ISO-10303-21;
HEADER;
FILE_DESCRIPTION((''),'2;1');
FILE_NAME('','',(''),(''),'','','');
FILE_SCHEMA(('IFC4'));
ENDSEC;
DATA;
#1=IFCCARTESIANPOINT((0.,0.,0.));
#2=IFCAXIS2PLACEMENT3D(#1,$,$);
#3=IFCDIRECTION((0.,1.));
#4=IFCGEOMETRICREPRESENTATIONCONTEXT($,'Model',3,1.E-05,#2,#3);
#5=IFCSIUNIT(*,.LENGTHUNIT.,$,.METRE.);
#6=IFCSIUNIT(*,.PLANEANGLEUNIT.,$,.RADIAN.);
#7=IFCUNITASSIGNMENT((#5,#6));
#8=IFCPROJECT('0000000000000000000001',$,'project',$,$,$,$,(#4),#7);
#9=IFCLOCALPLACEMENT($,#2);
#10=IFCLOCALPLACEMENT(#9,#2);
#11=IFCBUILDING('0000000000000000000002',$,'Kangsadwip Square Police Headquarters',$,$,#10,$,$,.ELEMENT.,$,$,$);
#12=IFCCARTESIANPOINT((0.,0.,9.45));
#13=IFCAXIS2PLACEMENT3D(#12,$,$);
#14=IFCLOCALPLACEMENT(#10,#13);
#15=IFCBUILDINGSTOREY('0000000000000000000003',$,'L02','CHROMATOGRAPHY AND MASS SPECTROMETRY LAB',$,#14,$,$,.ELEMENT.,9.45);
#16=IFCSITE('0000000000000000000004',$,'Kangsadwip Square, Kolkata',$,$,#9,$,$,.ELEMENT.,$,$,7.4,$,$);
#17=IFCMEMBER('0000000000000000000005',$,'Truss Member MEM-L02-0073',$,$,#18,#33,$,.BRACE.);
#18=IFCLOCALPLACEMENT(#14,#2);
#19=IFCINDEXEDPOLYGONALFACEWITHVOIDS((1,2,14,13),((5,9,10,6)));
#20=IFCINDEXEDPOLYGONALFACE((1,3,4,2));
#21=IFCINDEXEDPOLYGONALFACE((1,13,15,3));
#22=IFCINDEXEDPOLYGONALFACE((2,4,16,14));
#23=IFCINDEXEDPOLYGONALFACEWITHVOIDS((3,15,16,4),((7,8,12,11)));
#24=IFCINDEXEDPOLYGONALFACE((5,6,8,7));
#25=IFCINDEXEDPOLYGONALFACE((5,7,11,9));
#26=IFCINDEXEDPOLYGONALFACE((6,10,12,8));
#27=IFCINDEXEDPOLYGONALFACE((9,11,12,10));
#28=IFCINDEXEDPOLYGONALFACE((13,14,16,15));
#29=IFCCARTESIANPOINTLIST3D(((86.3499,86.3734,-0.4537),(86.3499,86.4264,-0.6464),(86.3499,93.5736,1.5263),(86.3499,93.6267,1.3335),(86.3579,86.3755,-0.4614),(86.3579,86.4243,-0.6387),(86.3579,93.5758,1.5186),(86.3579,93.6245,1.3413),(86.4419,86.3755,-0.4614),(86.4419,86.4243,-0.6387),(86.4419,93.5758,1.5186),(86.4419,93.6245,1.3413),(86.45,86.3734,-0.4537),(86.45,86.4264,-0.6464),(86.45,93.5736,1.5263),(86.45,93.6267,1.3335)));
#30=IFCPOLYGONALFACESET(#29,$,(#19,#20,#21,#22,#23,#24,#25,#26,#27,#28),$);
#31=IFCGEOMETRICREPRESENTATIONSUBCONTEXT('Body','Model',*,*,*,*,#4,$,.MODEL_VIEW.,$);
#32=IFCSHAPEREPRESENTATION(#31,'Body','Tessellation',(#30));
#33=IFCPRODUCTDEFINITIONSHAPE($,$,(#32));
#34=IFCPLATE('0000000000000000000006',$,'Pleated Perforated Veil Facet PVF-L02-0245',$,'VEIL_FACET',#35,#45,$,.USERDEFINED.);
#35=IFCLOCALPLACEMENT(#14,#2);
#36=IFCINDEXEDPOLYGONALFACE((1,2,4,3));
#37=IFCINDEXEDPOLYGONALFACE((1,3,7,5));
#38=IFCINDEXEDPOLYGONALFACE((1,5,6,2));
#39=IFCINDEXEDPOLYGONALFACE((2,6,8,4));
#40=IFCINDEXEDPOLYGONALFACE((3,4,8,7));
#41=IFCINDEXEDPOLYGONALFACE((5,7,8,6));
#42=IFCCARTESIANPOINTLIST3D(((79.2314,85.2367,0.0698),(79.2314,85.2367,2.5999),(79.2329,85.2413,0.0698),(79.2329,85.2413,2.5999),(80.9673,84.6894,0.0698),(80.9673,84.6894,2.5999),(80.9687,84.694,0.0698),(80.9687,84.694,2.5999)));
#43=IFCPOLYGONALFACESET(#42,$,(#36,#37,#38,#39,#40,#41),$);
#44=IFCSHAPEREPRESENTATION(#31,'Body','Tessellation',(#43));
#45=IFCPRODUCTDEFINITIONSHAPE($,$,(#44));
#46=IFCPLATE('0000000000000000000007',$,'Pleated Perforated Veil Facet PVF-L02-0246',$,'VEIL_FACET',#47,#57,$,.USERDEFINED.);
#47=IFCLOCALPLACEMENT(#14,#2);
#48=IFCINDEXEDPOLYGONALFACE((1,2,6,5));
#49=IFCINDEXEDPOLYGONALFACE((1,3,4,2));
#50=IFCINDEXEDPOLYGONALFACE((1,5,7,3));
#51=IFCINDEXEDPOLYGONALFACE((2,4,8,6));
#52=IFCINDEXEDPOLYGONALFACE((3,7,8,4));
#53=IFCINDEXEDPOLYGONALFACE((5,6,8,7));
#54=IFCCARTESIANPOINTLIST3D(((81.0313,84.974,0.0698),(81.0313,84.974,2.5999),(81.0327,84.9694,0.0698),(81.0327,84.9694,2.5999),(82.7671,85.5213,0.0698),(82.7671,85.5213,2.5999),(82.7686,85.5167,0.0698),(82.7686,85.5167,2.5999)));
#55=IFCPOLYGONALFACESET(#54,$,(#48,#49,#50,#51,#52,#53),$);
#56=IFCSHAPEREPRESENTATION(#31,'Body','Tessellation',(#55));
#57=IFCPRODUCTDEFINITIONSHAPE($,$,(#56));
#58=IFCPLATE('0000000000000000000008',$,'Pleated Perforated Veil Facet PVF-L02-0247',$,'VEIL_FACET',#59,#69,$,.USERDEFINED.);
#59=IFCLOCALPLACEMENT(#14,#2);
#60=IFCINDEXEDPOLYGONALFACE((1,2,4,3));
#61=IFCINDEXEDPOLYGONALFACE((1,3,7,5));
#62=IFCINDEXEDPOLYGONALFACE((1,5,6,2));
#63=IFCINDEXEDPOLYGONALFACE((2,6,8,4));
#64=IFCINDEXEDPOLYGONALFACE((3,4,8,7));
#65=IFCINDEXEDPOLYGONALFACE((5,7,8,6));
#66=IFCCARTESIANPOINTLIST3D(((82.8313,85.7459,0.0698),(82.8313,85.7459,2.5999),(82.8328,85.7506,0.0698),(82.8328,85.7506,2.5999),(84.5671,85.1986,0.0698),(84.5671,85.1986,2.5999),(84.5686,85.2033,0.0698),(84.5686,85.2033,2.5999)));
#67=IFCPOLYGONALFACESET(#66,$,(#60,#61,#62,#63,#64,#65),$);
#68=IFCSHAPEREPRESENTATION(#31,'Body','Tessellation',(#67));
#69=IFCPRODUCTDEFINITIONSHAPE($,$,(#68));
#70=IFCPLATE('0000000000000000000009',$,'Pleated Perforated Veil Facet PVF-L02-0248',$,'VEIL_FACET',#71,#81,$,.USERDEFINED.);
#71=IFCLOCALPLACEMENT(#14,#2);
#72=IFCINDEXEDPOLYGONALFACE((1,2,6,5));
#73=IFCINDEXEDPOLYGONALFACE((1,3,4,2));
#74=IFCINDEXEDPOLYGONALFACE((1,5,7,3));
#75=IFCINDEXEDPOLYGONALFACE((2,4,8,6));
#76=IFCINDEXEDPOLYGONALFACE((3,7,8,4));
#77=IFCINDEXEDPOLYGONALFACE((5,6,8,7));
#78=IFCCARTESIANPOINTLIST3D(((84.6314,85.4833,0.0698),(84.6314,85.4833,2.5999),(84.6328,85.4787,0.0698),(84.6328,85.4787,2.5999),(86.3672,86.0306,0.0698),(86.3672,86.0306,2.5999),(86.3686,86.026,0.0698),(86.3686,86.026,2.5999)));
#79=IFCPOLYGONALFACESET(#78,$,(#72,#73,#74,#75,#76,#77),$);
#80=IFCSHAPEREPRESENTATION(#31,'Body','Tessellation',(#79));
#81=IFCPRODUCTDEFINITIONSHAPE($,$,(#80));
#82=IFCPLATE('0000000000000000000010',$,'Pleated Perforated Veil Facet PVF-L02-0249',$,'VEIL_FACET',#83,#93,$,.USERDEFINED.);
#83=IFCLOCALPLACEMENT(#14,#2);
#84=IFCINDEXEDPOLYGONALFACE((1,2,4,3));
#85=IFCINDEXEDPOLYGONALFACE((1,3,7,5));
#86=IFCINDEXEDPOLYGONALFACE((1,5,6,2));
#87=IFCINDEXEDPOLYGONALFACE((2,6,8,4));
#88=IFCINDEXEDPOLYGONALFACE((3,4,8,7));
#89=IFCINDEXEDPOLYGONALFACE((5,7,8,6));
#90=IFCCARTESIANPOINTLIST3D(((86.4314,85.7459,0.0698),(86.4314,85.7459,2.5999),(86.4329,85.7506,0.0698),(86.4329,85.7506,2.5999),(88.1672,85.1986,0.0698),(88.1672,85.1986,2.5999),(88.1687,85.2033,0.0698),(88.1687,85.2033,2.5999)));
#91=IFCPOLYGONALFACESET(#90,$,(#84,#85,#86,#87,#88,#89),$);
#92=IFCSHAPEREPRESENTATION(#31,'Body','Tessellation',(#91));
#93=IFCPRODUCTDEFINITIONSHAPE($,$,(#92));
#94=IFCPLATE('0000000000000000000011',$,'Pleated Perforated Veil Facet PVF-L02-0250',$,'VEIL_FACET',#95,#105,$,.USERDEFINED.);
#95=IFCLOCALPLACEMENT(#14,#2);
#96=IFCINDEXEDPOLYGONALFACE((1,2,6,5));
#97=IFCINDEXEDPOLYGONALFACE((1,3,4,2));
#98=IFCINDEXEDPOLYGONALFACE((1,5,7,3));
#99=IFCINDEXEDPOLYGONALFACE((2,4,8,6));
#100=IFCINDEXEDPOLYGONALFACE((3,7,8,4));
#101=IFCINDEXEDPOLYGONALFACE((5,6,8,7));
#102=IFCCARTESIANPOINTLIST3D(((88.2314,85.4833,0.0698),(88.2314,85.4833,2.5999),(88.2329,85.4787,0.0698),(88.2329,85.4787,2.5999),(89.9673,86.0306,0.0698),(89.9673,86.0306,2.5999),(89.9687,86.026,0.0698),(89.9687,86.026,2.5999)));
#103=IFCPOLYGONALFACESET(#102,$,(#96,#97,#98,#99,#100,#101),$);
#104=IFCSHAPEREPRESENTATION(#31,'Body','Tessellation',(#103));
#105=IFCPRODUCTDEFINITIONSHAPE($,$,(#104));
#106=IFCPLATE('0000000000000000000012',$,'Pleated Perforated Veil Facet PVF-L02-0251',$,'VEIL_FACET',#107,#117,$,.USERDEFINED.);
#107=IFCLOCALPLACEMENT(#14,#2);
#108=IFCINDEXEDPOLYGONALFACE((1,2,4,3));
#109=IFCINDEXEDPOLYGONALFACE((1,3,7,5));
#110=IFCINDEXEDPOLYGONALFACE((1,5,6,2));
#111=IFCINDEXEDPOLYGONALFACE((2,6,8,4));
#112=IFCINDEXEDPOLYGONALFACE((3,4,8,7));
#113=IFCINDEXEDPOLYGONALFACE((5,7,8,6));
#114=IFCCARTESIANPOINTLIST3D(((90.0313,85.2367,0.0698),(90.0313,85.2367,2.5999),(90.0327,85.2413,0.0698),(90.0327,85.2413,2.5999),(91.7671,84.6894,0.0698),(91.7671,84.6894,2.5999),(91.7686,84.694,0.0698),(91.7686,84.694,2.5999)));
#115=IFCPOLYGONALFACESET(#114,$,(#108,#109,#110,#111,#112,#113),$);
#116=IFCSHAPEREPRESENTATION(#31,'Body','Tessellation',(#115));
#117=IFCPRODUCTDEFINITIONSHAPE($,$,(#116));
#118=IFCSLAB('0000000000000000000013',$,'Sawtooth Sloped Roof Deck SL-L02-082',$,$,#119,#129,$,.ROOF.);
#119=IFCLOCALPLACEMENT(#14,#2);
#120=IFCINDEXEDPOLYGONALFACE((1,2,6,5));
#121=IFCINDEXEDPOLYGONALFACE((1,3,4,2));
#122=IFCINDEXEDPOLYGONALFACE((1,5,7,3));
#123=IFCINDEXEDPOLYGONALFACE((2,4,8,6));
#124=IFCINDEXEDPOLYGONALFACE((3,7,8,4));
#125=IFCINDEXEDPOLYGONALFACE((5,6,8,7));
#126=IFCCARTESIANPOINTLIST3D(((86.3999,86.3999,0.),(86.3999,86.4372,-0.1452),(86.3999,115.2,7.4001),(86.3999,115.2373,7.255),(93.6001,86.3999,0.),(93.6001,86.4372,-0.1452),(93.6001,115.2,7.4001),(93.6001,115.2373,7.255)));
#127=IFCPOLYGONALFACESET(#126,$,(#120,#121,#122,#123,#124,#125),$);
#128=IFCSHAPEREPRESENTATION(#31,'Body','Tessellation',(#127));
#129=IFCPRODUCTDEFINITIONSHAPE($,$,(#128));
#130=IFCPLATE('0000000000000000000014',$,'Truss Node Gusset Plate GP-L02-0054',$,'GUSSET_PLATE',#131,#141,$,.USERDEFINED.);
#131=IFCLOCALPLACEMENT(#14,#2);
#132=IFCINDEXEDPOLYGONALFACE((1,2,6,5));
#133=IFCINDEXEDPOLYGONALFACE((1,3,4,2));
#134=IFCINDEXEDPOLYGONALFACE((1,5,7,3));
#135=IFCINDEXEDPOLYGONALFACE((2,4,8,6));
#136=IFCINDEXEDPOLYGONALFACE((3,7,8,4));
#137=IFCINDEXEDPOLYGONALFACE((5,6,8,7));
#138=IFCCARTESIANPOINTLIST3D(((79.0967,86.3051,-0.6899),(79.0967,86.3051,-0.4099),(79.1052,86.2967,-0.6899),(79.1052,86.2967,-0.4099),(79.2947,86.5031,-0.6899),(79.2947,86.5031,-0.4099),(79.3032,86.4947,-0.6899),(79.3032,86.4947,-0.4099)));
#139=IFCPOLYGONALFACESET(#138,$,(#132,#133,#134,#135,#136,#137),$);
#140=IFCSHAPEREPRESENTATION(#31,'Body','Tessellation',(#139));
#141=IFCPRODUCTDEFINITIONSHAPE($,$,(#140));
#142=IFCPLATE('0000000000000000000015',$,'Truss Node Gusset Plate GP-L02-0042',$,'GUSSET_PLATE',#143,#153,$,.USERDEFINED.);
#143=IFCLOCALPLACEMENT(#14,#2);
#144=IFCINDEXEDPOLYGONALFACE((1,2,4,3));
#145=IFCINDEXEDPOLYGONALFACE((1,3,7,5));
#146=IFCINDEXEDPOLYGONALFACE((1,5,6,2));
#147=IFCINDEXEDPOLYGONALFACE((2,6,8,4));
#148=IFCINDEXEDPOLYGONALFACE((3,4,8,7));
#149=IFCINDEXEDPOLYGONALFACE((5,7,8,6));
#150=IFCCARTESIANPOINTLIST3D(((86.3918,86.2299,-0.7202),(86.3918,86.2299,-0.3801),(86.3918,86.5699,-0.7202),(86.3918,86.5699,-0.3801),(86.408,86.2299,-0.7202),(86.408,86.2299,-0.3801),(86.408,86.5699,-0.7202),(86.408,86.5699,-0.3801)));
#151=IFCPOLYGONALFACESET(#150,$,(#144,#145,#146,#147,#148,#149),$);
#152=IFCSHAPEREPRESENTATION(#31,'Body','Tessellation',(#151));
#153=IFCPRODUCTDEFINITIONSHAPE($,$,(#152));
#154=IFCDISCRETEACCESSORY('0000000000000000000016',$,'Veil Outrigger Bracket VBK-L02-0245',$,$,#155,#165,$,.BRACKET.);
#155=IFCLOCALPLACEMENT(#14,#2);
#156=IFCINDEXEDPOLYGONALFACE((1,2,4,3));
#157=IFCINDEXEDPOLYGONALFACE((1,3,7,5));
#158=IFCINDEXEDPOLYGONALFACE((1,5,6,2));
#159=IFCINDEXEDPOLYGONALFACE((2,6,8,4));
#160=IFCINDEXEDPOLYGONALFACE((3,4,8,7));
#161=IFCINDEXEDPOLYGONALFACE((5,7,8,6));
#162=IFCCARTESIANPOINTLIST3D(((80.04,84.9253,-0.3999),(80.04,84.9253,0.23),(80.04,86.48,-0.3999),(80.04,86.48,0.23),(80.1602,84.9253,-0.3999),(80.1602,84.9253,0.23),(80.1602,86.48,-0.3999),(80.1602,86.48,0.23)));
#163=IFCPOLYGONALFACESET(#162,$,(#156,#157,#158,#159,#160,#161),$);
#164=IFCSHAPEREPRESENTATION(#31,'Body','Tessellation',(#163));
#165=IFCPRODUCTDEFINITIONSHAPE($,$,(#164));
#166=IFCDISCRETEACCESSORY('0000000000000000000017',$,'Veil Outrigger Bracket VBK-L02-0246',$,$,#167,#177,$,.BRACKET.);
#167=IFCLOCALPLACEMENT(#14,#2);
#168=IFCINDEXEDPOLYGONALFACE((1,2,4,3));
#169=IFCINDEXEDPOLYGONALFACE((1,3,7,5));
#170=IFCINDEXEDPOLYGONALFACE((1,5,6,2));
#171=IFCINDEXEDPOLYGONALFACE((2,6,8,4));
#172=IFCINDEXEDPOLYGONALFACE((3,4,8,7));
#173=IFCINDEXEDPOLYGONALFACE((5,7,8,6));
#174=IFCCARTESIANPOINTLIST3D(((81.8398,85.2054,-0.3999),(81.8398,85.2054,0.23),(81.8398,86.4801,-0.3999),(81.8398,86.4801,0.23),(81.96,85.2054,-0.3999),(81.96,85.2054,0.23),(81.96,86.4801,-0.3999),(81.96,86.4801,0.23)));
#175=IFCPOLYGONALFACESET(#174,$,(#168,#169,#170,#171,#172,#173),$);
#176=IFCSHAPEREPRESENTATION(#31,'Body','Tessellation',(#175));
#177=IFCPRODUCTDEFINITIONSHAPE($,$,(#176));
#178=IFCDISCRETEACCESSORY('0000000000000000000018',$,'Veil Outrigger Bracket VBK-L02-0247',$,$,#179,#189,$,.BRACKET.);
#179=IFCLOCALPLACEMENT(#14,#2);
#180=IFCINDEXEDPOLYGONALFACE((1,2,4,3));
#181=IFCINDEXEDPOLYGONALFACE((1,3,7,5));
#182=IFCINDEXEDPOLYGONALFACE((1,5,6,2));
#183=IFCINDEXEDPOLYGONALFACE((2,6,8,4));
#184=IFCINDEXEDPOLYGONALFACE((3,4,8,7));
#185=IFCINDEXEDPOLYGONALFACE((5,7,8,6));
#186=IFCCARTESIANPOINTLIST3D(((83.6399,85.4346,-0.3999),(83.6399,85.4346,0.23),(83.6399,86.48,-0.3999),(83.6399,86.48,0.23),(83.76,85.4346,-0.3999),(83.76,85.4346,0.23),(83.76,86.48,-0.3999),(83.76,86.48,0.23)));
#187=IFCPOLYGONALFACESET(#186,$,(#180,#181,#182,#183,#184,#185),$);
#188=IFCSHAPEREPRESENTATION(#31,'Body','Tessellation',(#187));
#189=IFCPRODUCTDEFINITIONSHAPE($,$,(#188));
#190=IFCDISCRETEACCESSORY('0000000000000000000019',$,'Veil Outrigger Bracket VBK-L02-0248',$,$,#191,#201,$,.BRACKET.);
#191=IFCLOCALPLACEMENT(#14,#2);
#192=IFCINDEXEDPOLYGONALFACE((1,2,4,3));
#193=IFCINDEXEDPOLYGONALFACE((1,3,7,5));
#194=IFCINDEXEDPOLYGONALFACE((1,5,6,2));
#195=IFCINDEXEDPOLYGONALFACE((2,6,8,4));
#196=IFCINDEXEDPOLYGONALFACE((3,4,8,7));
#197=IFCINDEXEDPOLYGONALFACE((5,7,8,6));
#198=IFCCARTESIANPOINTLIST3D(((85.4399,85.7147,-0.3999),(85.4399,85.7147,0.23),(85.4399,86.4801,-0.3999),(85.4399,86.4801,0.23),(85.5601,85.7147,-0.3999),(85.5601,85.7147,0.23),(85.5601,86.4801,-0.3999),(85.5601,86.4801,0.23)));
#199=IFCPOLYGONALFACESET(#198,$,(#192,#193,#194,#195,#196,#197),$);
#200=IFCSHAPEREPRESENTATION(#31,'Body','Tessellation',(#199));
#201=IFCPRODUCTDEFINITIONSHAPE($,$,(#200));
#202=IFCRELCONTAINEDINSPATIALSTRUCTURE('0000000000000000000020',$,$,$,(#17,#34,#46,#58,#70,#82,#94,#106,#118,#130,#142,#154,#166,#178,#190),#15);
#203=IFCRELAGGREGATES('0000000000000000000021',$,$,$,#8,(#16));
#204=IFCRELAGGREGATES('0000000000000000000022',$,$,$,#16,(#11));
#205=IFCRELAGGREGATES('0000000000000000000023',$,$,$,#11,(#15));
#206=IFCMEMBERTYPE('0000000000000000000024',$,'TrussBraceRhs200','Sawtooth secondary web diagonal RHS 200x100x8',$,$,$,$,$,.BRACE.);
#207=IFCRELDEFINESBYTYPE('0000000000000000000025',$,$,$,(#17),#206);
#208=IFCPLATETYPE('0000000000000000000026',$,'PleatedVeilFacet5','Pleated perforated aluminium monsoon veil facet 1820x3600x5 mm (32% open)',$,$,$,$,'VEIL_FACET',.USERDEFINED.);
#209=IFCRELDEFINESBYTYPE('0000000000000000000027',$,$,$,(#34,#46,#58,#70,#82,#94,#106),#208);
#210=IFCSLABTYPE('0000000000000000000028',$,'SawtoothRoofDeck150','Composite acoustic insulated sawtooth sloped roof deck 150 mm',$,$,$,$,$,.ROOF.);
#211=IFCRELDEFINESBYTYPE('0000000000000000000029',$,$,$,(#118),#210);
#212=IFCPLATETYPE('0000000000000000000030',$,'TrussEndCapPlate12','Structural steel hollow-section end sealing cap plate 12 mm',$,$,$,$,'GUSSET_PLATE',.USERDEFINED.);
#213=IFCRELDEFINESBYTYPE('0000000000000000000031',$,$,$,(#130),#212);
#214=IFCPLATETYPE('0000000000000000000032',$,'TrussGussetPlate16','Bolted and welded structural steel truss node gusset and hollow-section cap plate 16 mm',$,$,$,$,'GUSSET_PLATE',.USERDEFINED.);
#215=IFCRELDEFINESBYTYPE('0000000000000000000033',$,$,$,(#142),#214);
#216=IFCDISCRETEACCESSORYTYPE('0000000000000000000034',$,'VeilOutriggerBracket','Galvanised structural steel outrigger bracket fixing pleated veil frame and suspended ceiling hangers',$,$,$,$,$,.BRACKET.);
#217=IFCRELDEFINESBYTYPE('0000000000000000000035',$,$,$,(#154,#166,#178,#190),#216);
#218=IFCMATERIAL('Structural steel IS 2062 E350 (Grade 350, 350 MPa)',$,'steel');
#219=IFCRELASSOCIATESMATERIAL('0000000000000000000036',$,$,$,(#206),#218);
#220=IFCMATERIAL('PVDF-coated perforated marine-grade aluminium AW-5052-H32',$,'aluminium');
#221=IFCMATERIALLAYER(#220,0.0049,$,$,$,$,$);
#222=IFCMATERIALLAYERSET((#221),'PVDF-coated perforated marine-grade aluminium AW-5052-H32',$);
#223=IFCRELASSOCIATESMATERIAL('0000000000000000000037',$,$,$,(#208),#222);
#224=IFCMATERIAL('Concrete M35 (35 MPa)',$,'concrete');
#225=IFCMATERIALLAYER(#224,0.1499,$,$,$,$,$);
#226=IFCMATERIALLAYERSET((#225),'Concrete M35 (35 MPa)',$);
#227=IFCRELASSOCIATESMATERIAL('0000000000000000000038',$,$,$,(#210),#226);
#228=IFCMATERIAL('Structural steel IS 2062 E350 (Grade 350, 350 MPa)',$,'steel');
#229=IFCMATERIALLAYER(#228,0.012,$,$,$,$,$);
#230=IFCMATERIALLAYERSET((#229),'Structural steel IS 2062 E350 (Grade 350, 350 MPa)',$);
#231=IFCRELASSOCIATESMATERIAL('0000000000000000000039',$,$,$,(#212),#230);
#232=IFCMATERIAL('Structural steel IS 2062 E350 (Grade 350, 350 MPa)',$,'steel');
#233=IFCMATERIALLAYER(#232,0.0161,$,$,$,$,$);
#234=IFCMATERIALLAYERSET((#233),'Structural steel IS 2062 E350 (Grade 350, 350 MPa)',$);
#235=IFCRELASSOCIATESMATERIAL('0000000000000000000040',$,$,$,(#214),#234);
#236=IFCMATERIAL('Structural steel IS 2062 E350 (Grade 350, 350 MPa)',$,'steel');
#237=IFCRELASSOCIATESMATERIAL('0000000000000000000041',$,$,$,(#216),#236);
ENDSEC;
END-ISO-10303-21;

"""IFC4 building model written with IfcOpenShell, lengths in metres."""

from ifc_helpers import new_model, si_unit, direction, frame, origin, origin_2d, place, context, subcontext, project, spatial, polyline, rectangle, hollow_rectangle, outline, extrude, material, layer, layer_set, material_profile, profile_set, type_object, element, save


model = new_model("IFC4")

# Units and contexts
model_context = context("Model", 3, precision=1e-05, world=origin(), true_north=direction((0.0, 1.0)))
body_context = subcontext(model_context, "Body", "Model", "MODEL_VIEW")
ifc_project = project(units=[si_unit("LENGTHUNIT", "METRE"), si_unit("PLANEANGLEUNIT", "RADIAN")], contexts=[model_context])

# Site, building, storey
site_placement = place(None, origin())
site = spatial("IfcSite", under=ifc_project, at=site_placement, Name="Kangsadwip Square, Kolkata", CompositionType="ELEMENT", RefElevation=7.4)
building_placement = place(site_placement, origin())
building = spatial("IfcBuilding", under=site, at=building_placement, Name="Kangsadwip Square Police Headquarters", CompositionType="ELEMENT")
storey_placement = place(building_placement, frame((0.0, 0.0, 9.45)))
storey = spatial("IfcBuildingStorey", under=building, at=storey_placement, Name="L02", Description="CHROMATOGRAPHY AND MASS SPECTROMETRY LAB", CompositionType="ELEMENT", Elevation=9.45)

# Member
ifc_material_1 = material(Name="Structural steel IS 2062 E350 (Grade 350, 350 MPa)", Category="steel")
ifc_material_profile_1 = material_profile(ifc_material_1, hollow_rectangle(XDim=0.1001, YDim=0.2, WallThickness=0.0081, at=origin_2d()), Name="RHS 200X100X8")
ifc_profile_set_1 = profile_set([ifc_material_profile_1], Name="Structural steel IS 2062 E350 (Grade 350, 350 MPa)")
member_type_1 = type_object("IfcMemberType", Name="TrussBraceRhs200", Description="Sawtooth secondary web diagonal RHS 200x100x8", PredefinedType="BRACE", material=ifc_profile_set_1)
for number, where, z_axis, x_axis, name in (
    (1, (86.3999, 86.3999, -0.55), (0.0, 0.964208, 0.265147), (-1.0, 0.0, 0.0), "Truss Member MEM-L02-0073"),
):
    element("IfcMember", number, at=place(storey_placement, frame(where, z_axis=z_axis, x_axis=x_axis)), inside=storey, type_object=member_type_1, Name=name, PredefinedType="BRACE", context=body_context, shape_type="SweptSolid", body=[
        extrude(hollow_rectangle(XDim=0.1001, YDim=0.2, WallThickness=0.0081, at=origin_2d()), origin(), (0.0, 0.0, 1.0), 7.4675),
    ])

# Plates
ifc_material_2 = material(Name="PVDF-coated perforated marine-grade aluminium AW-5052-H32", Category="aluminium")
ifc_layer_1 = layer(ifc_material_2, 0.0049)
ifc_layer_set_1 = layer_set([ifc_layer_1], Name="PVDF-coated perforated marine-grade aluminium AW-5052-H32")
plate_type_1 = type_object("IfcPlateType", Name="PleatedVeilFacet5", Description="Pleated perforated aluminium monsoon veil facet 1820x3600x5 mm (32% open)", ElementType="VEIL_FACET", PredefinedType="USERDEFINED", material=ifc_layer_set_1)
for number, where, z_axis, x_axis, name in (
    (2, (80.1001, 84.9653, 0.0698), (0.0, 0.0, 1.0), (0.953717, -0.300706, 0.0), "Pleated Perforated Veil Facet PVF-L02-0245"),
    (3, (81.8999, 85.2454, 0.0698), (0.0, 0.0, 1.0), (0.953717, 0.300706, 0.0), "Pleated Perforated Veil Facet PVF-L02-0246"),
    (4, (83.7, 85.4746, 0.0698), (0.0, 0.0, 1.0), (0.953717, -0.300706, 0.0), "Pleated Perforated Veil Facet PVF-L02-0247"),
    (5, (85.5, 85.7546, 0.0698), (0.0, 0.0, 1.0), (0.953717, 0.300706, 0.0), "Pleated Perforated Veil Facet PVF-L02-0248"),
    (6, (87.3, 85.4746, 0.0698), (0.0, 0.0, 1.0), (0.953717, -0.300706, 0.0), "Pleated Perforated Veil Facet PVF-L02-0249"),
    (7, (89.1001, 85.7546, 0.0698), (0.0, 0.0, 1.0), (0.953717, 0.300706, 0.0), "Pleated Perforated Veil Facet PVF-L02-0250"),
    (8, (90.8999, 84.9653, 0.0698), (0.0, 0.0, 1.0), (0.953717, -0.300706, 0.0), "Pleated Perforated Veil Facet PVF-L02-0251"),
):
    element("IfcPlate", number, at=place(storey_placement, frame(where, z_axis=z_axis, x_axis=x_axis)), inside=storey, type_object=plate_type_1, Name=name, ObjectType="VEIL_FACET", PredefinedType="USERDEFINED", context=body_context, shape_type="SweptSolid", body=[
        extrude(rectangle(XDim=1.8201, YDim=0.0049, at=origin_2d()), origin(), (0.0, 0.0, 1.0), 2.53),
    ])

# Slab
ifc_material_3 = material(Name="Concrete M35 (35 MPa)", Category="concrete")
ifc_layer_2 = layer(ifc_material_3, 0.1499)
ifc_layer_set_2 = layer_set([ifc_layer_2], Name="Concrete M35 (35 MPa)")
slab_type = type_object("IfcSlabType", Name="SawtoothRoofDeck150", Description="Composite acoustic insulated sawtooth sloped roof deck 150 mm", PredefinedType="ROOF", material=ifc_layer_set_2)
slab_placement = place(storey_placement, frame((86.3999, 86.3999, 0.0), z_axis=(0.0, -0.248865, 0.968538), x_axis=(1.0, 0.0, 0.0)))
element("IfcSlab", 9, at=slab_placement, inside=storey, type_object=slab_type, Name="Sawtooth Sloped Roof Deck SL-L02-082", PredefinedType="ROOF", context=body_context, shape_type="SweptSolid", body=[
    extrude(outline(polyline([(0.0, 0.0), (7.2002, 0.0), (7.2002, 29.7356), (0.0, 29.7356), (0.0, 0.0)])), origin(), (0.0, 0.0, -1.0), 0.1499),
])

# Plates
ifc_material_4 = material(Name="Structural steel IS 2062 E350 (Grade 350, 350 MPa)", Category="steel")
ifc_layer_3 = layer(ifc_material_4, 0.012)
ifc_layer_set_3 = layer_set([ifc_layer_3], Name="Structural steel IS 2062 E350 (Grade 350, 350 MPa)")
plate_type_2 = type_object("IfcPlateType", Name="TrussEndCapPlate12", Description="Structural steel hollow-section end sealing cap plate 12 mm", ElementType="GUSSET_PLATE", PredefinedType="USERDEFINED", material=ifc_layer_set_3)
plate_1_placement = place(storey_placement, frame((79.2, 86.3999, -0.6899), z_axis=(0.0, 0.0, 1.0), x_axis=(0.707107, 0.707107, 0.0)))
element("IfcPlate", 10, at=plate_1_placement, inside=storey, type_object=plate_type_2, Name="Truss Node Gusset Plate GP-L02-0054", ObjectType="GUSSET_PLATE", PredefinedType="USERDEFINED", context=body_context, shape_type="SweptSolid", body=[
    extrude(rectangle(XDim=0.28, YDim=0.012, at=origin_2d()), origin(), (0.0, 0.0, 1.0), 0.28),
])
ifc_material_5 = material(Name="Structural steel IS 2062 E350 (Grade 350, 350 MPa)", Category="steel")
ifc_layer_4 = layer(ifc_material_5, 0.0161)
ifc_layer_set_4 = layer_set([ifc_layer_4], Name="Structural steel IS 2062 E350 (Grade 350, 350 MPa)")
plate_type_3 = type_object("IfcPlateType", Name="TrussGussetPlate16", Description="Bolted and welded structural steel truss node gusset and hollow-section cap plate 16 mm", ElementType="GUSSET_PLATE", PredefinedType="USERDEFINED", material=ifc_layer_set_4)
plate_2_placement = place(storey_placement, frame((86.3999, 86.3999, -0.7202), z_axis=(0.0, 0.0, 1.0), x_axis=(0.0, 1.0, 0.0)))
element("IfcPlate", 11, at=plate_2_placement, inside=storey, type_object=plate_type_3, Name="Truss Node Gusset Plate GP-L02-0042", ObjectType="GUSSET_PLATE", PredefinedType="USERDEFINED", context=body_context, shape_type="SweptSolid", body=[
    extrude(rectangle(XDim=0.3401, YDim=0.0161, at=origin_2d()), origin(), (0.0, 0.0, 1.0), 0.3401),
])

# Discrete accessories
ifc_material_6 = material(Name="Structural steel IS 2062 E350 (Grade 350, 350 MPa)", Category="steel")
discrete_accessory_type = type_object("IfcDiscreteAccessoryType", Name="VeilOutriggerBracket", Description="Galvanised structural steel outrigger bracket fixing pleated veil frame and suspended ceiling hangers", PredefinedType="BRACKET", material=ifc_material_6)
discrete_accessory_1_placement = place(storey_placement, frame((80.1001, 85.7026, -0.3999), z_axis=(0.0, 0.0, 1.0), x_axis=(1.0, 0.0, 0.0)))
element("IfcDiscreteAccessory", 12, at=discrete_accessory_1_placement, inside=storey, type_object=discrete_accessory_type, Name="Veil Outrigger Bracket VBK-L02-0245", PredefinedType="BRACKET", context=body_context, shape_type="SweptSolid", body=[
    extrude(rectangle(XDim=0.1201, YDim=1.5547, at=origin_2d()), origin(), (0.0, 0.0, 1.0), 0.6299),
])
discrete_accessory_2_placement = place(storey_placement, frame((81.8999, 85.8428, -0.3999), z_axis=(0.0, 0.0, 1.0), x_axis=(1.0, 0.0, 0.0)))
element("IfcDiscreteAccessory", 13, at=discrete_accessory_2_placement, inside=storey, type_object=discrete_accessory_type, Name="Veil Outrigger Bracket VBK-L02-0246", PredefinedType="BRACKET", context=body_context, shape_type="SweptSolid", body=[
    extrude(rectangle(XDim=0.1201, YDim=1.2747, at=origin_2d()), origin(), (0.0, 0.0, 1.0), 0.6299),
])
discrete_accessory_3_placement = place(storey_placement, frame((83.7, 85.9573, -0.3999), z_axis=(0.0, 0.0, 1.0), x_axis=(1.0, 0.0, 0.0)))
element("IfcDiscreteAccessory", 14, at=discrete_accessory_3_placement, inside=storey, type_object=discrete_accessory_type, Name="Veil Outrigger Bracket VBK-L02-0247", PredefinedType="BRACKET", context=body_context, shape_type="SweptSolid", body=[
    extrude(rectangle(XDim=0.1201, YDim=1.0454, at=origin_2d()), origin(), (0.0, 0.0, 1.0), 0.6299),
])
discrete_accessory_4_placement = place(storey_placement, frame((85.5, 86.0974, -0.3999), z_axis=(0.0, 0.0, 1.0), x_axis=(1.0, 0.0, 0.0)))
element("IfcDiscreteAccessory", 15, at=discrete_accessory_4_placement, inside=storey, type_object=discrete_accessory_type, Name="Veil Outrigger Bracket VBK-L02-0248", PredefinedType="BRACKET", context=body_context, shape_type="SweptSolid", body=[
    extrude(rectangle(XDim=0.1201, YDim=0.7654, at=origin_2d()), origin(), (0.0, 0.0, 1.0), 0.6299),
])

save(model, "model.ifc")
